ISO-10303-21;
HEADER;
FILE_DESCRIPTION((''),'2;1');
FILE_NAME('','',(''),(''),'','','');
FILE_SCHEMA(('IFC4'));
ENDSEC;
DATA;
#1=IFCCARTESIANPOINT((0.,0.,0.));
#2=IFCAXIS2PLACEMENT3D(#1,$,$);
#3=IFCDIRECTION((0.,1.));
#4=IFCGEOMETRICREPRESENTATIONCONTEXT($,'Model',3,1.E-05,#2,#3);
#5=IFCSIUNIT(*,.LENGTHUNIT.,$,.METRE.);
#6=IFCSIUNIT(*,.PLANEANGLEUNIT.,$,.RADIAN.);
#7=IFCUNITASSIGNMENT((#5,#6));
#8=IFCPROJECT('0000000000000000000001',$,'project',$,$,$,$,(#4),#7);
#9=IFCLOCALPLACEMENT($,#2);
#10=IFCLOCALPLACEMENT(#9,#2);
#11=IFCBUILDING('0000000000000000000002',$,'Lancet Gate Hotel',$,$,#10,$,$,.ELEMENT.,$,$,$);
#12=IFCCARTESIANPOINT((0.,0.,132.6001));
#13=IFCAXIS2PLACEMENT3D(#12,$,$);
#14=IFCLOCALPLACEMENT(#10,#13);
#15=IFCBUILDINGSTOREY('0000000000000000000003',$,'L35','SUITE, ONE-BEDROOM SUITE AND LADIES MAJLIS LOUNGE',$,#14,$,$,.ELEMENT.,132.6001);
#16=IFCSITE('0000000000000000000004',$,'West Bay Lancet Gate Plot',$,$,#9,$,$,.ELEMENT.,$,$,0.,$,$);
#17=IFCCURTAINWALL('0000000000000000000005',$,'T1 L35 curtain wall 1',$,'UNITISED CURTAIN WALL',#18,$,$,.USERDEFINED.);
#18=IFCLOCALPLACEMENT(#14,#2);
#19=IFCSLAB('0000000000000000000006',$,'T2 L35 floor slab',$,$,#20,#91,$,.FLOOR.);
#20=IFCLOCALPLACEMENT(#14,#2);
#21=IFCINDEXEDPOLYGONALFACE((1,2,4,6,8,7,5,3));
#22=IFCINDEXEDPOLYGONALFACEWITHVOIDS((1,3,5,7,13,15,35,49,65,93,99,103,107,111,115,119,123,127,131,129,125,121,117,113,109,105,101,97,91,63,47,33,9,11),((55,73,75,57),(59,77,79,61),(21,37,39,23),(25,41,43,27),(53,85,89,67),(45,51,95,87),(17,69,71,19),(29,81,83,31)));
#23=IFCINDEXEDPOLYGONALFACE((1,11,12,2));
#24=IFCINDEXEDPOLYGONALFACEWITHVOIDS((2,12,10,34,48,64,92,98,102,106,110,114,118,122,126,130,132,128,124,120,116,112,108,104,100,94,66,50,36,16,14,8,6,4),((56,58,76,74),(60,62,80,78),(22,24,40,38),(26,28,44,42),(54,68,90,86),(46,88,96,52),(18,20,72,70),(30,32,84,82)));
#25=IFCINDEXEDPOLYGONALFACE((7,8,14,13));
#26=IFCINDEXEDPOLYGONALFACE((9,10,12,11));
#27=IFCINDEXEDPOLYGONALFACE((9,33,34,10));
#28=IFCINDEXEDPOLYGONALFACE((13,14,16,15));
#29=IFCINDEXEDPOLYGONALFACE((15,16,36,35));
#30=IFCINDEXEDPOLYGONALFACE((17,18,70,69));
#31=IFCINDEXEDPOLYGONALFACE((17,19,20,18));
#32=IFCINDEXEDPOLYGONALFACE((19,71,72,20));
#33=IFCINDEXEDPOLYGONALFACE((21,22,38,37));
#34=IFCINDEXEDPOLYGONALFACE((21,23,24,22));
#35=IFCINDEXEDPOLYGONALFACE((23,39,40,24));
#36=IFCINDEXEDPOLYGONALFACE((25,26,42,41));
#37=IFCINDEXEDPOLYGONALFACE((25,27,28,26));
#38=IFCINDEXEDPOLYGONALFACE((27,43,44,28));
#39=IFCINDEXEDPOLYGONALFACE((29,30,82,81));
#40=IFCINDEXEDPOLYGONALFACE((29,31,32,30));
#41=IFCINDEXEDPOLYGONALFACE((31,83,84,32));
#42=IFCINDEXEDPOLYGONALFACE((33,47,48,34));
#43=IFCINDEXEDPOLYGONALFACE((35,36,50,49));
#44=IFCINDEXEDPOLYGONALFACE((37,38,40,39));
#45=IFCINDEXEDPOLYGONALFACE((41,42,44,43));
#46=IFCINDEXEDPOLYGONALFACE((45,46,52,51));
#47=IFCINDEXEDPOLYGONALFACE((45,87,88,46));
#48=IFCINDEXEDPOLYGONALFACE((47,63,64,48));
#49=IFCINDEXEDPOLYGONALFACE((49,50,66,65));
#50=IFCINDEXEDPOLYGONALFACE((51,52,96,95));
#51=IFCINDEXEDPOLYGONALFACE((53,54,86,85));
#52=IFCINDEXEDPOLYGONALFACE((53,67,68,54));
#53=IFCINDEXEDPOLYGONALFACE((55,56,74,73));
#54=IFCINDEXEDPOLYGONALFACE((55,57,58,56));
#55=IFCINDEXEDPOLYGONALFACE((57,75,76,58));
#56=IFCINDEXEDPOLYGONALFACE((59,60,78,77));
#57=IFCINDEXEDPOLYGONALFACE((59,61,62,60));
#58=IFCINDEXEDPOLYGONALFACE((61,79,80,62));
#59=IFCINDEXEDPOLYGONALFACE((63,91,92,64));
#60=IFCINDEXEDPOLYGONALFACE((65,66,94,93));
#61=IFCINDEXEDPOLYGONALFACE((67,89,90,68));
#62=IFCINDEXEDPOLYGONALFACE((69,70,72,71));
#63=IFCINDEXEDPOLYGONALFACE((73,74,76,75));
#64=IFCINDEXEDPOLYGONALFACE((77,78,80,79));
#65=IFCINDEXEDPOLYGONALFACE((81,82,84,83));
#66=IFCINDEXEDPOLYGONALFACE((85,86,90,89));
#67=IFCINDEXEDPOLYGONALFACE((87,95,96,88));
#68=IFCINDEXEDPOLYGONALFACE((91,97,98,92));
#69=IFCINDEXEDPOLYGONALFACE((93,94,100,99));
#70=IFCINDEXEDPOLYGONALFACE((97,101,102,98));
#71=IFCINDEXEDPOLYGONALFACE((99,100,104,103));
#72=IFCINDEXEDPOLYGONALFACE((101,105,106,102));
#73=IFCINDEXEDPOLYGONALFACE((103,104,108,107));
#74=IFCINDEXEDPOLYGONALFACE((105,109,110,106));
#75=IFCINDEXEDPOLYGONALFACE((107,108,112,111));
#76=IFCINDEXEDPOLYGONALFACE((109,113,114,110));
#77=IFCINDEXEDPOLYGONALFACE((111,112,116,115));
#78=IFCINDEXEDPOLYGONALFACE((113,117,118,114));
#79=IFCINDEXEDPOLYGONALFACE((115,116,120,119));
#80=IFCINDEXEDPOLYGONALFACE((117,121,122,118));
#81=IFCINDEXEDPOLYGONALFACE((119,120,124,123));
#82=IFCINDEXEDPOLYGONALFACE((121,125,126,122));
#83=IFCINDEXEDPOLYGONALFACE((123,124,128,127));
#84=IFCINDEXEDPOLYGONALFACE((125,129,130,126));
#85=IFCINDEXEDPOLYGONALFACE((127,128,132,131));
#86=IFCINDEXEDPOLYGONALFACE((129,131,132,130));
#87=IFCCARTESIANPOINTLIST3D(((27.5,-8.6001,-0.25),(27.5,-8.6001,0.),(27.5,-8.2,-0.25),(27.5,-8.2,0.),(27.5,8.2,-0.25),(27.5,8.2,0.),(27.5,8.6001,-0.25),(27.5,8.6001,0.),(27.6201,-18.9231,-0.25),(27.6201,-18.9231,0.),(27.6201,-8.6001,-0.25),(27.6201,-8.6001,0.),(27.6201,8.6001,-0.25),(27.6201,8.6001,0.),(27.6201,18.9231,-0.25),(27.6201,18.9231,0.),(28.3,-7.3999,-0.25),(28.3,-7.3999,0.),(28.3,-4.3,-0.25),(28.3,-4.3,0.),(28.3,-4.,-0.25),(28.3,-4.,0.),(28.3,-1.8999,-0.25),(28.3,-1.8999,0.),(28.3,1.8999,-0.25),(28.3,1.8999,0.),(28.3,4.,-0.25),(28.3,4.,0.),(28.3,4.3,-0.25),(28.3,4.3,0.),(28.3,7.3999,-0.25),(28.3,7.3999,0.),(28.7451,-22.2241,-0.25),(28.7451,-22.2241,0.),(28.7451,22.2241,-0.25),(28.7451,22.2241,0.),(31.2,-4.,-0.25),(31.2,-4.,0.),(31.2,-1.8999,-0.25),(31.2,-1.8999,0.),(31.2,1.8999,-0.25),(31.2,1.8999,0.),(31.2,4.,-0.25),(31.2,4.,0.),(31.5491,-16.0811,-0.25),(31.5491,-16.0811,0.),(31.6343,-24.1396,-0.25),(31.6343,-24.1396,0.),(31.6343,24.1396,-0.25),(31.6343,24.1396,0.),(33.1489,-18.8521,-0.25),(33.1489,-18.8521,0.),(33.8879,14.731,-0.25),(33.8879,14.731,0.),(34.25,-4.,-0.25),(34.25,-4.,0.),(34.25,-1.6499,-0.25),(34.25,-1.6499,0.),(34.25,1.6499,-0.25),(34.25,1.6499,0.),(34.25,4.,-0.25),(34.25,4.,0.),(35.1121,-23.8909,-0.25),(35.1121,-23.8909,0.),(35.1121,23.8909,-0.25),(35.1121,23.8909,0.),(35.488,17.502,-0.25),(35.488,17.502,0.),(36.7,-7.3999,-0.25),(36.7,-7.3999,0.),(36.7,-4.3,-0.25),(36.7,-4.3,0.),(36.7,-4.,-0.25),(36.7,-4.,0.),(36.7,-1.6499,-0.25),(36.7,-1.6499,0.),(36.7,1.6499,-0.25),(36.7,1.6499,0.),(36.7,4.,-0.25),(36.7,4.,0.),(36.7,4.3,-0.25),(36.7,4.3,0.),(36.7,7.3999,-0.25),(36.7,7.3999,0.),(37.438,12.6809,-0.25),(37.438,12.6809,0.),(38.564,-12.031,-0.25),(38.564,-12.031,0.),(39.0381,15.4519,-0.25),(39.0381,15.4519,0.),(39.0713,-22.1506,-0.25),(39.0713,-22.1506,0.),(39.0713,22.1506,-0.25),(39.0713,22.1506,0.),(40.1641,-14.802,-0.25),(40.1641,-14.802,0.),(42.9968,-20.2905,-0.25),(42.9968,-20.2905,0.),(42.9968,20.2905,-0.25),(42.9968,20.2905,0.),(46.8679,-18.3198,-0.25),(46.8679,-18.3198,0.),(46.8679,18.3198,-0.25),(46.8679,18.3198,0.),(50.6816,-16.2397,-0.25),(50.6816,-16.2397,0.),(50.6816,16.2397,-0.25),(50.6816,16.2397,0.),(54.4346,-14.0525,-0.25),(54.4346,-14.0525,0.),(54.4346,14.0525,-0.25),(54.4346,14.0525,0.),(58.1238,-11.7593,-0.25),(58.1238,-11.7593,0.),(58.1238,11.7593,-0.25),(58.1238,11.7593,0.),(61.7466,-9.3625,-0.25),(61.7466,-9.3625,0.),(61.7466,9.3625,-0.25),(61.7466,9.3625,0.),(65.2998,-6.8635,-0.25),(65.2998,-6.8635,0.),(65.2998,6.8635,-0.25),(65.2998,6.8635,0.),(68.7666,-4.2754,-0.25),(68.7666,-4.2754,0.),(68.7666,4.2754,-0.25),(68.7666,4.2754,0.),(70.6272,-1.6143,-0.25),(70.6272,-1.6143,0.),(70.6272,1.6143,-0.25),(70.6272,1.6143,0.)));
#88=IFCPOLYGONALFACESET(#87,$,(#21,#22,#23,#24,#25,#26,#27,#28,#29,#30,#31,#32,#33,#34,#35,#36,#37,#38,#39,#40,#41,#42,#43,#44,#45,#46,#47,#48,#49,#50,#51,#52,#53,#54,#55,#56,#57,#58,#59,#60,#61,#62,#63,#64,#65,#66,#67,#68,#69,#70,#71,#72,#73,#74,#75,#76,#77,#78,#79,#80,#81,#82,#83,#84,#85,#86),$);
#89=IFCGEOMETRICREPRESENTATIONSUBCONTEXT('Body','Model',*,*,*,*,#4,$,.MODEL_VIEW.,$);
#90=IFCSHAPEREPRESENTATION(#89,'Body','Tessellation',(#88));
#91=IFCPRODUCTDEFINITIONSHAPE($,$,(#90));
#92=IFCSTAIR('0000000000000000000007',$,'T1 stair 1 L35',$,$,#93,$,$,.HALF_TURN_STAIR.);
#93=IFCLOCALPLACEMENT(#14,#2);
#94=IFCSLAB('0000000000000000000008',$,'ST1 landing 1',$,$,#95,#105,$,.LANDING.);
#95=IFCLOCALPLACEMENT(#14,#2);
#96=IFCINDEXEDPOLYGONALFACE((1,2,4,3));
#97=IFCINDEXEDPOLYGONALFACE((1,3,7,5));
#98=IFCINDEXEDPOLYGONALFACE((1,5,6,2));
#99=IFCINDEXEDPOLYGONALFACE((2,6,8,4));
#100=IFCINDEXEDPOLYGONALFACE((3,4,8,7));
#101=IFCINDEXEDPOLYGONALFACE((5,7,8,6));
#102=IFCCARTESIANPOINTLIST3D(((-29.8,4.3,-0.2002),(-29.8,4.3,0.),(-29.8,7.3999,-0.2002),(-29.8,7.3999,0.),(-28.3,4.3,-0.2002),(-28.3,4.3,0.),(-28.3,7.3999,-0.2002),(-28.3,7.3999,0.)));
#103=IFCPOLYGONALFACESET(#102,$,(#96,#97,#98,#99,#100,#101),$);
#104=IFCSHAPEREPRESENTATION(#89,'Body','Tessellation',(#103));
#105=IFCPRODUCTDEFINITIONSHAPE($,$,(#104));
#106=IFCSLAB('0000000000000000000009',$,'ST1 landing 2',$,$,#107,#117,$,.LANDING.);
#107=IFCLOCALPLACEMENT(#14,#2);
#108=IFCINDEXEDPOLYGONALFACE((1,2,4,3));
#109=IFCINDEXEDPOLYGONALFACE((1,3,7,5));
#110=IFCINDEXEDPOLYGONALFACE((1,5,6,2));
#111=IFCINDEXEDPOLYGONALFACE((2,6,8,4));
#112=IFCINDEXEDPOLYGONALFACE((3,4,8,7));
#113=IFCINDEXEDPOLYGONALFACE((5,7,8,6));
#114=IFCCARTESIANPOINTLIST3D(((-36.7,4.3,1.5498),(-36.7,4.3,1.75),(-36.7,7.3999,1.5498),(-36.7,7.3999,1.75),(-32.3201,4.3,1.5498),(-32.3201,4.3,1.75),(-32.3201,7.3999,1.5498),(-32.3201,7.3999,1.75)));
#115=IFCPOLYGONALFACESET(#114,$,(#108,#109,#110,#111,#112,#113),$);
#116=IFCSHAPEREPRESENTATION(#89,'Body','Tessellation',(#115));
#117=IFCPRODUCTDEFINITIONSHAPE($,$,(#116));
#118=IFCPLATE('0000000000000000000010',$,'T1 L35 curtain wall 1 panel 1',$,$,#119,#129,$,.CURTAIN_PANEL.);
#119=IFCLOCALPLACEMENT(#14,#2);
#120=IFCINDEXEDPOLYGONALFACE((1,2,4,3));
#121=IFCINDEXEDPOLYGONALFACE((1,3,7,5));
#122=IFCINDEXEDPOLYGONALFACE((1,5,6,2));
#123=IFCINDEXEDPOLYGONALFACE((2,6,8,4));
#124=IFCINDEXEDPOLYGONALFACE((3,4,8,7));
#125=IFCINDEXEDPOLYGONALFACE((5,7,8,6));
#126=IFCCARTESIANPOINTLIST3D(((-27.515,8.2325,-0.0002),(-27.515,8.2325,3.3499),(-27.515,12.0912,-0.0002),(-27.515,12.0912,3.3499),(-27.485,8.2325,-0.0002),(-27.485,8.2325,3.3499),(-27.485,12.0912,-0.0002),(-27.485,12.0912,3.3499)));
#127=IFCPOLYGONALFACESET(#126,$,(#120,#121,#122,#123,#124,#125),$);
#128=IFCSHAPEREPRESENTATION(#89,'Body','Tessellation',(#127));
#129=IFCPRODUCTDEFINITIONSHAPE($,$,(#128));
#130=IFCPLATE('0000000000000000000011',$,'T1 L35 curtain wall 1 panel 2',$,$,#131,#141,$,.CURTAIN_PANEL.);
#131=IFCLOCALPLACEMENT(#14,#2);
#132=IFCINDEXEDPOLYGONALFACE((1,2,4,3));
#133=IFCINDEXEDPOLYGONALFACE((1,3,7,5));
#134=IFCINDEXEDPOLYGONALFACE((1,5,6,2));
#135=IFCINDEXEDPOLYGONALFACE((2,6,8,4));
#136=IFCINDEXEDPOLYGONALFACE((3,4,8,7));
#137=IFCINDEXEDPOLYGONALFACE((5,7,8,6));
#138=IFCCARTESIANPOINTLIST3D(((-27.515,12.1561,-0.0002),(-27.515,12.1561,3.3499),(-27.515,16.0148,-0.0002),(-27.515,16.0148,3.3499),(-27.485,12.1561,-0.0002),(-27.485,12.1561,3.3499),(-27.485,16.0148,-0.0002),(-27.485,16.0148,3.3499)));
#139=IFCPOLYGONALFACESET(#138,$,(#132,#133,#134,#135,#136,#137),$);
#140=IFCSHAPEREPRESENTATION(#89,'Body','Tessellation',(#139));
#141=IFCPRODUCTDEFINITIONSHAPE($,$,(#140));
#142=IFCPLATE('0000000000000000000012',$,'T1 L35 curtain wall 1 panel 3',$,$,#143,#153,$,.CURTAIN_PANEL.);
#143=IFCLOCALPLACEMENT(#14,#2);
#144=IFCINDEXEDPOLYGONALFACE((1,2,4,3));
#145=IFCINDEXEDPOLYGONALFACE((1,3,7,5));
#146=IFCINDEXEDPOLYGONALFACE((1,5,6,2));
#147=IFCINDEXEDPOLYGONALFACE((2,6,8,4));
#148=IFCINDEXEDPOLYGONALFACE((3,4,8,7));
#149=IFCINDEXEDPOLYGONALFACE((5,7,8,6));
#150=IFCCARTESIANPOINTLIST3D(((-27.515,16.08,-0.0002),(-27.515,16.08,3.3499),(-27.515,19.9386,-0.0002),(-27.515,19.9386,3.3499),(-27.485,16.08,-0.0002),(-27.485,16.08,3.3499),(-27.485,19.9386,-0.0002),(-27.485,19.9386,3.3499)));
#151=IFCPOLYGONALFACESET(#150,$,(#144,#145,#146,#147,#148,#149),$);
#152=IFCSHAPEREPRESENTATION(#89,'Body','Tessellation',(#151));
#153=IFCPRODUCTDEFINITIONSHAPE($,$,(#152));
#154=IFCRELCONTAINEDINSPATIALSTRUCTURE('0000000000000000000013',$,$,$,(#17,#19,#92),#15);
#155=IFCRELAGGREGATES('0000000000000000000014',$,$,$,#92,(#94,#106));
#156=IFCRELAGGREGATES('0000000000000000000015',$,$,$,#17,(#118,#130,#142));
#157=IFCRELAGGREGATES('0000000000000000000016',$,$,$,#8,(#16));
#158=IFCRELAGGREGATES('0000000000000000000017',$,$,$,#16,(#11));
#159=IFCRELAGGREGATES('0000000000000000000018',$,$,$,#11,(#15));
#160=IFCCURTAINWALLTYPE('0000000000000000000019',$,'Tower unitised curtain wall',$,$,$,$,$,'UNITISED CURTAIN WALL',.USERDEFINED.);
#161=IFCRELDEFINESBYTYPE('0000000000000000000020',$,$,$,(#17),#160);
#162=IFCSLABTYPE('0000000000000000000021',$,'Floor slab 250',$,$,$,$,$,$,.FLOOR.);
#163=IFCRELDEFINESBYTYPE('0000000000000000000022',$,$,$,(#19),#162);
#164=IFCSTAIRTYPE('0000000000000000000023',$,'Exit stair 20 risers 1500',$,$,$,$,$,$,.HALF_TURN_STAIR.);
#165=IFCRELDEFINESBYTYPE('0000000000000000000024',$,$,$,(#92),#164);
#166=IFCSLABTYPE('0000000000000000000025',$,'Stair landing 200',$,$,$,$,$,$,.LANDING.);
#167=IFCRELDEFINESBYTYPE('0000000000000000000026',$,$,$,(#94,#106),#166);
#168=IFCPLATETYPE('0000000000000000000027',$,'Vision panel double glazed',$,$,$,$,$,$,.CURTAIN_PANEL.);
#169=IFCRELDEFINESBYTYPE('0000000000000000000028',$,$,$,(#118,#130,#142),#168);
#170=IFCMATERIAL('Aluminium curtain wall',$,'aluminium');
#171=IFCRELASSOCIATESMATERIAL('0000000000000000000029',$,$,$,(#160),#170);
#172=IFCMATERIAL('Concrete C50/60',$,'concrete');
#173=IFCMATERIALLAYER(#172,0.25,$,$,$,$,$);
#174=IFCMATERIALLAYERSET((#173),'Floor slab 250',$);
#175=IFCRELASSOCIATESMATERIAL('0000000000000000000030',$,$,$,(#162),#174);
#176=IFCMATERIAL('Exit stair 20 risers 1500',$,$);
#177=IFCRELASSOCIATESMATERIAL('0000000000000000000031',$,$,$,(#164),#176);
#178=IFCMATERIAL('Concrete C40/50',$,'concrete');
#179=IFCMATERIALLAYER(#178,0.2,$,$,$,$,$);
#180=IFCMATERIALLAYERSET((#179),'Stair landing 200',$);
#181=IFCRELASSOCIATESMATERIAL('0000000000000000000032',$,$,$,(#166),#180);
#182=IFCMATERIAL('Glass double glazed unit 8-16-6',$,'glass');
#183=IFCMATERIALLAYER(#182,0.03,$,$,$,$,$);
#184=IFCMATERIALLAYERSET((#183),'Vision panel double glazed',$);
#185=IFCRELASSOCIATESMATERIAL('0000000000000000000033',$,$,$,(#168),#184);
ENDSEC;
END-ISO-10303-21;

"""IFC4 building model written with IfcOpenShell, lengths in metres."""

from ifc_helpers import new_model, si_unit, direction, frame, origin, origin_2d, place, context, subcontext, project, spatial, polyline, rectangle, outline, extrude, material, layer, layer_set, type_object, element, aggregate, save


model = new_model("IFC4")

# Units and contexts
model_context = context("Model", 3, precision=1e-05, world=origin(), true_north=direction((0.0, 1.0)))
body_context = subcontext(model_context, "Body", "Model", "MODEL_VIEW")
ifc_project = project(units=[si_unit("LENGTHUNIT", "METRE"), si_unit("PLANEANGLEUNIT", "RADIAN")], contexts=[model_context])

# Site, building, storey
site_placement = place(None, origin())
site = spatial("IfcSite", under=ifc_project, at=site_placement, Name="West Bay Lancet Gate Plot", CompositionType="ELEMENT", RefElevation=0.0)
building_placement = place(site_placement, origin())
building = spatial("IfcBuilding", under=site, at=building_placement, Name="Lancet Gate Hotel", CompositionType="ELEMENT")
storey_placement = place(building_placement, frame((0.0, 0.0, 132.6001)))
storey = spatial("IfcBuildingStorey", under=building, at=storey_placement, Name="L35", Description="SUITE, ONE-BEDROOM SUITE AND LADIES MAJLIS LOUNGE", CompositionType="ELEMENT", Elevation=132.6001)

# Curtain wall
ifc_material_1 = material(Name="Aluminium curtain wall", Category="aluminium")
curtain_wall_type = type_object("IfcCurtainWallType", Name="Tower unitised curtain wall", ElementType="UNITISED CURTAIN WALL", PredefinedType="USERDEFINED", material=ifc_material_1)
curtain_wall_placement = place(storey_placement, origin())
curtain_wall = element("IfcCurtainWall", 1, at=curtain_wall_placement, inside=storey, type_object=curtain_wall_type, Name="T1 L35 curtain wall 1", ObjectType="UNITISED CURTAIN WALL", PredefinedType="USERDEFINED")

# Slab
ifc_material_2 = material(Name="Concrete C50/60", Category="concrete")
ifc_layer_1 = layer(ifc_material_2, 0.25)
ifc_layer_set_1 = layer_set([ifc_layer_1], Name="Floor slab 250")
slab_type_1 = type_object("IfcSlabType", Name="Floor slab 250", PredefinedType="FLOOR", material=ifc_layer_set_1)
slab_1_placement = place(storey_placement, frame((0.0, 0.0, -0.25)))
element("IfcSlab", 2, at=slab_1_placement, inside=storey, type_object=slab_type_1, Name="T2 L35 floor slab", PredefinedType="FLOOR", context=body_context, shape_type="SweptSolid", body=[
    extrude(outline(polyline([(27.5, -8.6001), (27.6201, -8.6001), (27.6201, -18.9231), (28.7451, -22.2241), (31.6343, -24.1396), (35.1121, -23.8909), (39.0713, -22.1506), (42.9968, -20.2905), (46.8679, -18.3198), (50.6816, -16.2397), (54.4346, -14.0525), (58.1238, -11.7593), (61.7466, -9.3625), (65.2998, -6.8635), (68.7666, -4.2754), (70.6272, -1.6143), (70.6272, 1.6143), (68.7666, 4.2754), (65.2998, 6.8635), (61.7466, 9.3625), (58.1238, 11.7593), (54.4346, 14.0525), (50.6816, 16.2397), (46.8679, 18.3198), (42.9968, 20.2905), (39.0713, 22.1506), (35.1121, 23.8909), (31.6343, 24.1396), (28.7451, 22.2241), (27.6201, 18.9231), (27.6201, 8.6001), (27.5, 8.6001), (27.5, 8.2), (27.5, -8.2), (27.5, -8.6001)]), holes=[polyline([(36.7, -7.3999), (36.7, -4.3), (28.3, -4.3), (28.3, -7.3999), (36.7, -7.3999)]), polyline([(28.3, -4.0), (31.2, -4.0), (31.2, -1.8999), (28.3, -1.8999), (28.3, -4.0)]), polyline([(34.25, -4.0), (36.7, -4.0), (36.7, -1.6499), (34.25, -1.6499), (34.25, -4.0)]), polyline([(36.7, 1.6499), (36.7, 4.0), (34.25, 4.0), (34.25, 1.6499), (36.7, 1.6499)]), polyline([(28.3, 1.8999), (31.2, 1.8999), (31.2, 4.0), (28.3, 4.0), (28.3, 1.8999)]), polyline([(28.3, 4.3), (36.7, 4.3), (36.7, 7.3999), (28.3, 7.3999), (28.3, 4.3)]), polyline([(31.5491, -16.0811), (33.1489, -18.8521), (40.1641, -14.802), (38.564, -12.031), (31.5491, -16.0811)]), polyline([(33.8879, 14.731), (37.438, 12.6809), (39.0381, 15.4519), (35.488, 17.502), (33.8879, 14.731)])]), origin(), (0.0, 0.0, 1.0), 0.25),
])

# Stair, slabs
ifc_material_3 = material(Name="Exit stair 20 risers 1500")
stair_type = type_object("IfcStairType", Name="Exit stair 20 risers 1500", PredefinedType="HALF_TURN_STAIR", material=ifc_material_3)
stair_placement = place(storey_placement, origin())
stair = element("IfcStair", 3, at=stair_placement, inside=storey, type_object=stair_type, Name="T1 stair 1 L35", PredefinedType="HALF_TURN_STAIR")
ifc_material_4 = material(Name="Concrete C40/50", Category="concrete")
ifc_layer_2 = layer(ifc_material_4, 0.2)
ifc_layer_set_2 = layer_set([ifc_layer_2], Name="Stair landing 200")
slab_type_2 = type_object("IfcSlabType", Name="Stair landing 200", PredefinedType="LANDING", material=ifc_layer_set_2)
slab_2_placement = place(storey_placement, frame((0.0, 0.0, -0.2002)))
slab_2 = element("IfcSlab", 4, at=slab_2_placement, type_object=slab_type_2, Name="ST1 landing 1", PredefinedType="LANDING", context=body_context, shape_type="SweptSolid", body=[
    extrude(outline(polyline([(-28.3, 7.3999), (-29.8, 7.3999), (-29.8, 4.3), (-28.3, 4.3), (-28.3, 7.3999)])), origin(), (0.0, 0.0, 1.0), 0.2002),
])
slab_3_placement = place(storey_placement, frame((0.0, 0.0, 1.5498)))
slab_3 = element("IfcSlab", 5, at=slab_3_placement, type_object=slab_type_2, Name="ST1 landing 2", PredefinedType="LANDING", context=body_context, shape_type="SweptSolid", body=[
    extrude(outline(polyline([(-32.3201, 7.3999), (-36.7, 7.3999), (-36.7, 4.3), (-32.3201, 4.3), (-32.3201, 7.3999)])), origin(), (0.0, 0.0, 1.0), 0.2002),
])
aggregate(stair, [slab_2, slab_3])

# Plates
ifc_material_5 = material(Name="Glass double glazed unit 8-16-6", Category="glass")
ifc_layer_3 = layer(ifc_material_5, 0.03)
ifc_layer_set_3 = layer_set([ifc_layer_3], Name="Vision panel double glazed")
plate_type = type_object("IfcPlateType", Name="Vision panel double glazed", PredefinedType="CURTAIN_PANEL", material=ifc_layer_set_3)
plate_1_placement = place(storey_placement, frame((-27.5, 10.1619, -0.0002), z_axis=(0.0, 0.0, 1.0), x_axis=(0.0, 1.0, 0.0)))
plate_1 = element("IfcPlate", 6, at=plate_1_placement, type_object=plate_type, Name="T1 L35 curtain wall 1 panel 1", PredefinedType="CURTAIN_PANEL", context=body_context, shape_type="SweptSolid", body=[
    extrude(rectangle(XDim=3.8586, YDim=0.03, at=origin_2d()), origin(), (0.0, 0.0, 1.0), 3.3501),
])
plate_2_placement = place(storey_placement, frame((-27.5, 14.0854, -0.0002), z_axis=(0.0, 0.0, 1.0), x_axis=(0.0, 1.0, 0.0)))
plate_2 = element("IfcPlate", 7, at=plate_2_placement, type_object=plate_type, Name="T1 L35 curtain wall 1 panel 2", PredefinedType="CURTAIN_PANEL", context=body_context, shape_type="SweptSolid", body=[
    extrude(rectangle(XDim=3.8586, YDim=0.03, at=origin_2d()), origin(), (0.0, 0.0, 1.0), 3.3501),
])
plate_3_placement = place(storey_placement, frame((-27.5, 18.0093, -0.0002), z_axis=(0.0, 0.0, 1.0), x_axis=(0.0, 1.0, 0.0)))
plate_3 = element("IfcPlate", 8, at=plate_3_placement, type_object=plate_type, Name="T1 L35 curtain wall 1 panel 3", PredefinedType="CURTAIN_PANEL", context=body_context, shape_type="SweptSolid", body=[
    extrude(rectangle(XDim=3.8586, YDim=0.03, at=origin_2d()), origin(), (0.0, 0.0, 1.0), 3.3501),
])
aggregate(curtain_wall, [plate_1, plate_2, plate_3])

save(model, "model.ifc")
